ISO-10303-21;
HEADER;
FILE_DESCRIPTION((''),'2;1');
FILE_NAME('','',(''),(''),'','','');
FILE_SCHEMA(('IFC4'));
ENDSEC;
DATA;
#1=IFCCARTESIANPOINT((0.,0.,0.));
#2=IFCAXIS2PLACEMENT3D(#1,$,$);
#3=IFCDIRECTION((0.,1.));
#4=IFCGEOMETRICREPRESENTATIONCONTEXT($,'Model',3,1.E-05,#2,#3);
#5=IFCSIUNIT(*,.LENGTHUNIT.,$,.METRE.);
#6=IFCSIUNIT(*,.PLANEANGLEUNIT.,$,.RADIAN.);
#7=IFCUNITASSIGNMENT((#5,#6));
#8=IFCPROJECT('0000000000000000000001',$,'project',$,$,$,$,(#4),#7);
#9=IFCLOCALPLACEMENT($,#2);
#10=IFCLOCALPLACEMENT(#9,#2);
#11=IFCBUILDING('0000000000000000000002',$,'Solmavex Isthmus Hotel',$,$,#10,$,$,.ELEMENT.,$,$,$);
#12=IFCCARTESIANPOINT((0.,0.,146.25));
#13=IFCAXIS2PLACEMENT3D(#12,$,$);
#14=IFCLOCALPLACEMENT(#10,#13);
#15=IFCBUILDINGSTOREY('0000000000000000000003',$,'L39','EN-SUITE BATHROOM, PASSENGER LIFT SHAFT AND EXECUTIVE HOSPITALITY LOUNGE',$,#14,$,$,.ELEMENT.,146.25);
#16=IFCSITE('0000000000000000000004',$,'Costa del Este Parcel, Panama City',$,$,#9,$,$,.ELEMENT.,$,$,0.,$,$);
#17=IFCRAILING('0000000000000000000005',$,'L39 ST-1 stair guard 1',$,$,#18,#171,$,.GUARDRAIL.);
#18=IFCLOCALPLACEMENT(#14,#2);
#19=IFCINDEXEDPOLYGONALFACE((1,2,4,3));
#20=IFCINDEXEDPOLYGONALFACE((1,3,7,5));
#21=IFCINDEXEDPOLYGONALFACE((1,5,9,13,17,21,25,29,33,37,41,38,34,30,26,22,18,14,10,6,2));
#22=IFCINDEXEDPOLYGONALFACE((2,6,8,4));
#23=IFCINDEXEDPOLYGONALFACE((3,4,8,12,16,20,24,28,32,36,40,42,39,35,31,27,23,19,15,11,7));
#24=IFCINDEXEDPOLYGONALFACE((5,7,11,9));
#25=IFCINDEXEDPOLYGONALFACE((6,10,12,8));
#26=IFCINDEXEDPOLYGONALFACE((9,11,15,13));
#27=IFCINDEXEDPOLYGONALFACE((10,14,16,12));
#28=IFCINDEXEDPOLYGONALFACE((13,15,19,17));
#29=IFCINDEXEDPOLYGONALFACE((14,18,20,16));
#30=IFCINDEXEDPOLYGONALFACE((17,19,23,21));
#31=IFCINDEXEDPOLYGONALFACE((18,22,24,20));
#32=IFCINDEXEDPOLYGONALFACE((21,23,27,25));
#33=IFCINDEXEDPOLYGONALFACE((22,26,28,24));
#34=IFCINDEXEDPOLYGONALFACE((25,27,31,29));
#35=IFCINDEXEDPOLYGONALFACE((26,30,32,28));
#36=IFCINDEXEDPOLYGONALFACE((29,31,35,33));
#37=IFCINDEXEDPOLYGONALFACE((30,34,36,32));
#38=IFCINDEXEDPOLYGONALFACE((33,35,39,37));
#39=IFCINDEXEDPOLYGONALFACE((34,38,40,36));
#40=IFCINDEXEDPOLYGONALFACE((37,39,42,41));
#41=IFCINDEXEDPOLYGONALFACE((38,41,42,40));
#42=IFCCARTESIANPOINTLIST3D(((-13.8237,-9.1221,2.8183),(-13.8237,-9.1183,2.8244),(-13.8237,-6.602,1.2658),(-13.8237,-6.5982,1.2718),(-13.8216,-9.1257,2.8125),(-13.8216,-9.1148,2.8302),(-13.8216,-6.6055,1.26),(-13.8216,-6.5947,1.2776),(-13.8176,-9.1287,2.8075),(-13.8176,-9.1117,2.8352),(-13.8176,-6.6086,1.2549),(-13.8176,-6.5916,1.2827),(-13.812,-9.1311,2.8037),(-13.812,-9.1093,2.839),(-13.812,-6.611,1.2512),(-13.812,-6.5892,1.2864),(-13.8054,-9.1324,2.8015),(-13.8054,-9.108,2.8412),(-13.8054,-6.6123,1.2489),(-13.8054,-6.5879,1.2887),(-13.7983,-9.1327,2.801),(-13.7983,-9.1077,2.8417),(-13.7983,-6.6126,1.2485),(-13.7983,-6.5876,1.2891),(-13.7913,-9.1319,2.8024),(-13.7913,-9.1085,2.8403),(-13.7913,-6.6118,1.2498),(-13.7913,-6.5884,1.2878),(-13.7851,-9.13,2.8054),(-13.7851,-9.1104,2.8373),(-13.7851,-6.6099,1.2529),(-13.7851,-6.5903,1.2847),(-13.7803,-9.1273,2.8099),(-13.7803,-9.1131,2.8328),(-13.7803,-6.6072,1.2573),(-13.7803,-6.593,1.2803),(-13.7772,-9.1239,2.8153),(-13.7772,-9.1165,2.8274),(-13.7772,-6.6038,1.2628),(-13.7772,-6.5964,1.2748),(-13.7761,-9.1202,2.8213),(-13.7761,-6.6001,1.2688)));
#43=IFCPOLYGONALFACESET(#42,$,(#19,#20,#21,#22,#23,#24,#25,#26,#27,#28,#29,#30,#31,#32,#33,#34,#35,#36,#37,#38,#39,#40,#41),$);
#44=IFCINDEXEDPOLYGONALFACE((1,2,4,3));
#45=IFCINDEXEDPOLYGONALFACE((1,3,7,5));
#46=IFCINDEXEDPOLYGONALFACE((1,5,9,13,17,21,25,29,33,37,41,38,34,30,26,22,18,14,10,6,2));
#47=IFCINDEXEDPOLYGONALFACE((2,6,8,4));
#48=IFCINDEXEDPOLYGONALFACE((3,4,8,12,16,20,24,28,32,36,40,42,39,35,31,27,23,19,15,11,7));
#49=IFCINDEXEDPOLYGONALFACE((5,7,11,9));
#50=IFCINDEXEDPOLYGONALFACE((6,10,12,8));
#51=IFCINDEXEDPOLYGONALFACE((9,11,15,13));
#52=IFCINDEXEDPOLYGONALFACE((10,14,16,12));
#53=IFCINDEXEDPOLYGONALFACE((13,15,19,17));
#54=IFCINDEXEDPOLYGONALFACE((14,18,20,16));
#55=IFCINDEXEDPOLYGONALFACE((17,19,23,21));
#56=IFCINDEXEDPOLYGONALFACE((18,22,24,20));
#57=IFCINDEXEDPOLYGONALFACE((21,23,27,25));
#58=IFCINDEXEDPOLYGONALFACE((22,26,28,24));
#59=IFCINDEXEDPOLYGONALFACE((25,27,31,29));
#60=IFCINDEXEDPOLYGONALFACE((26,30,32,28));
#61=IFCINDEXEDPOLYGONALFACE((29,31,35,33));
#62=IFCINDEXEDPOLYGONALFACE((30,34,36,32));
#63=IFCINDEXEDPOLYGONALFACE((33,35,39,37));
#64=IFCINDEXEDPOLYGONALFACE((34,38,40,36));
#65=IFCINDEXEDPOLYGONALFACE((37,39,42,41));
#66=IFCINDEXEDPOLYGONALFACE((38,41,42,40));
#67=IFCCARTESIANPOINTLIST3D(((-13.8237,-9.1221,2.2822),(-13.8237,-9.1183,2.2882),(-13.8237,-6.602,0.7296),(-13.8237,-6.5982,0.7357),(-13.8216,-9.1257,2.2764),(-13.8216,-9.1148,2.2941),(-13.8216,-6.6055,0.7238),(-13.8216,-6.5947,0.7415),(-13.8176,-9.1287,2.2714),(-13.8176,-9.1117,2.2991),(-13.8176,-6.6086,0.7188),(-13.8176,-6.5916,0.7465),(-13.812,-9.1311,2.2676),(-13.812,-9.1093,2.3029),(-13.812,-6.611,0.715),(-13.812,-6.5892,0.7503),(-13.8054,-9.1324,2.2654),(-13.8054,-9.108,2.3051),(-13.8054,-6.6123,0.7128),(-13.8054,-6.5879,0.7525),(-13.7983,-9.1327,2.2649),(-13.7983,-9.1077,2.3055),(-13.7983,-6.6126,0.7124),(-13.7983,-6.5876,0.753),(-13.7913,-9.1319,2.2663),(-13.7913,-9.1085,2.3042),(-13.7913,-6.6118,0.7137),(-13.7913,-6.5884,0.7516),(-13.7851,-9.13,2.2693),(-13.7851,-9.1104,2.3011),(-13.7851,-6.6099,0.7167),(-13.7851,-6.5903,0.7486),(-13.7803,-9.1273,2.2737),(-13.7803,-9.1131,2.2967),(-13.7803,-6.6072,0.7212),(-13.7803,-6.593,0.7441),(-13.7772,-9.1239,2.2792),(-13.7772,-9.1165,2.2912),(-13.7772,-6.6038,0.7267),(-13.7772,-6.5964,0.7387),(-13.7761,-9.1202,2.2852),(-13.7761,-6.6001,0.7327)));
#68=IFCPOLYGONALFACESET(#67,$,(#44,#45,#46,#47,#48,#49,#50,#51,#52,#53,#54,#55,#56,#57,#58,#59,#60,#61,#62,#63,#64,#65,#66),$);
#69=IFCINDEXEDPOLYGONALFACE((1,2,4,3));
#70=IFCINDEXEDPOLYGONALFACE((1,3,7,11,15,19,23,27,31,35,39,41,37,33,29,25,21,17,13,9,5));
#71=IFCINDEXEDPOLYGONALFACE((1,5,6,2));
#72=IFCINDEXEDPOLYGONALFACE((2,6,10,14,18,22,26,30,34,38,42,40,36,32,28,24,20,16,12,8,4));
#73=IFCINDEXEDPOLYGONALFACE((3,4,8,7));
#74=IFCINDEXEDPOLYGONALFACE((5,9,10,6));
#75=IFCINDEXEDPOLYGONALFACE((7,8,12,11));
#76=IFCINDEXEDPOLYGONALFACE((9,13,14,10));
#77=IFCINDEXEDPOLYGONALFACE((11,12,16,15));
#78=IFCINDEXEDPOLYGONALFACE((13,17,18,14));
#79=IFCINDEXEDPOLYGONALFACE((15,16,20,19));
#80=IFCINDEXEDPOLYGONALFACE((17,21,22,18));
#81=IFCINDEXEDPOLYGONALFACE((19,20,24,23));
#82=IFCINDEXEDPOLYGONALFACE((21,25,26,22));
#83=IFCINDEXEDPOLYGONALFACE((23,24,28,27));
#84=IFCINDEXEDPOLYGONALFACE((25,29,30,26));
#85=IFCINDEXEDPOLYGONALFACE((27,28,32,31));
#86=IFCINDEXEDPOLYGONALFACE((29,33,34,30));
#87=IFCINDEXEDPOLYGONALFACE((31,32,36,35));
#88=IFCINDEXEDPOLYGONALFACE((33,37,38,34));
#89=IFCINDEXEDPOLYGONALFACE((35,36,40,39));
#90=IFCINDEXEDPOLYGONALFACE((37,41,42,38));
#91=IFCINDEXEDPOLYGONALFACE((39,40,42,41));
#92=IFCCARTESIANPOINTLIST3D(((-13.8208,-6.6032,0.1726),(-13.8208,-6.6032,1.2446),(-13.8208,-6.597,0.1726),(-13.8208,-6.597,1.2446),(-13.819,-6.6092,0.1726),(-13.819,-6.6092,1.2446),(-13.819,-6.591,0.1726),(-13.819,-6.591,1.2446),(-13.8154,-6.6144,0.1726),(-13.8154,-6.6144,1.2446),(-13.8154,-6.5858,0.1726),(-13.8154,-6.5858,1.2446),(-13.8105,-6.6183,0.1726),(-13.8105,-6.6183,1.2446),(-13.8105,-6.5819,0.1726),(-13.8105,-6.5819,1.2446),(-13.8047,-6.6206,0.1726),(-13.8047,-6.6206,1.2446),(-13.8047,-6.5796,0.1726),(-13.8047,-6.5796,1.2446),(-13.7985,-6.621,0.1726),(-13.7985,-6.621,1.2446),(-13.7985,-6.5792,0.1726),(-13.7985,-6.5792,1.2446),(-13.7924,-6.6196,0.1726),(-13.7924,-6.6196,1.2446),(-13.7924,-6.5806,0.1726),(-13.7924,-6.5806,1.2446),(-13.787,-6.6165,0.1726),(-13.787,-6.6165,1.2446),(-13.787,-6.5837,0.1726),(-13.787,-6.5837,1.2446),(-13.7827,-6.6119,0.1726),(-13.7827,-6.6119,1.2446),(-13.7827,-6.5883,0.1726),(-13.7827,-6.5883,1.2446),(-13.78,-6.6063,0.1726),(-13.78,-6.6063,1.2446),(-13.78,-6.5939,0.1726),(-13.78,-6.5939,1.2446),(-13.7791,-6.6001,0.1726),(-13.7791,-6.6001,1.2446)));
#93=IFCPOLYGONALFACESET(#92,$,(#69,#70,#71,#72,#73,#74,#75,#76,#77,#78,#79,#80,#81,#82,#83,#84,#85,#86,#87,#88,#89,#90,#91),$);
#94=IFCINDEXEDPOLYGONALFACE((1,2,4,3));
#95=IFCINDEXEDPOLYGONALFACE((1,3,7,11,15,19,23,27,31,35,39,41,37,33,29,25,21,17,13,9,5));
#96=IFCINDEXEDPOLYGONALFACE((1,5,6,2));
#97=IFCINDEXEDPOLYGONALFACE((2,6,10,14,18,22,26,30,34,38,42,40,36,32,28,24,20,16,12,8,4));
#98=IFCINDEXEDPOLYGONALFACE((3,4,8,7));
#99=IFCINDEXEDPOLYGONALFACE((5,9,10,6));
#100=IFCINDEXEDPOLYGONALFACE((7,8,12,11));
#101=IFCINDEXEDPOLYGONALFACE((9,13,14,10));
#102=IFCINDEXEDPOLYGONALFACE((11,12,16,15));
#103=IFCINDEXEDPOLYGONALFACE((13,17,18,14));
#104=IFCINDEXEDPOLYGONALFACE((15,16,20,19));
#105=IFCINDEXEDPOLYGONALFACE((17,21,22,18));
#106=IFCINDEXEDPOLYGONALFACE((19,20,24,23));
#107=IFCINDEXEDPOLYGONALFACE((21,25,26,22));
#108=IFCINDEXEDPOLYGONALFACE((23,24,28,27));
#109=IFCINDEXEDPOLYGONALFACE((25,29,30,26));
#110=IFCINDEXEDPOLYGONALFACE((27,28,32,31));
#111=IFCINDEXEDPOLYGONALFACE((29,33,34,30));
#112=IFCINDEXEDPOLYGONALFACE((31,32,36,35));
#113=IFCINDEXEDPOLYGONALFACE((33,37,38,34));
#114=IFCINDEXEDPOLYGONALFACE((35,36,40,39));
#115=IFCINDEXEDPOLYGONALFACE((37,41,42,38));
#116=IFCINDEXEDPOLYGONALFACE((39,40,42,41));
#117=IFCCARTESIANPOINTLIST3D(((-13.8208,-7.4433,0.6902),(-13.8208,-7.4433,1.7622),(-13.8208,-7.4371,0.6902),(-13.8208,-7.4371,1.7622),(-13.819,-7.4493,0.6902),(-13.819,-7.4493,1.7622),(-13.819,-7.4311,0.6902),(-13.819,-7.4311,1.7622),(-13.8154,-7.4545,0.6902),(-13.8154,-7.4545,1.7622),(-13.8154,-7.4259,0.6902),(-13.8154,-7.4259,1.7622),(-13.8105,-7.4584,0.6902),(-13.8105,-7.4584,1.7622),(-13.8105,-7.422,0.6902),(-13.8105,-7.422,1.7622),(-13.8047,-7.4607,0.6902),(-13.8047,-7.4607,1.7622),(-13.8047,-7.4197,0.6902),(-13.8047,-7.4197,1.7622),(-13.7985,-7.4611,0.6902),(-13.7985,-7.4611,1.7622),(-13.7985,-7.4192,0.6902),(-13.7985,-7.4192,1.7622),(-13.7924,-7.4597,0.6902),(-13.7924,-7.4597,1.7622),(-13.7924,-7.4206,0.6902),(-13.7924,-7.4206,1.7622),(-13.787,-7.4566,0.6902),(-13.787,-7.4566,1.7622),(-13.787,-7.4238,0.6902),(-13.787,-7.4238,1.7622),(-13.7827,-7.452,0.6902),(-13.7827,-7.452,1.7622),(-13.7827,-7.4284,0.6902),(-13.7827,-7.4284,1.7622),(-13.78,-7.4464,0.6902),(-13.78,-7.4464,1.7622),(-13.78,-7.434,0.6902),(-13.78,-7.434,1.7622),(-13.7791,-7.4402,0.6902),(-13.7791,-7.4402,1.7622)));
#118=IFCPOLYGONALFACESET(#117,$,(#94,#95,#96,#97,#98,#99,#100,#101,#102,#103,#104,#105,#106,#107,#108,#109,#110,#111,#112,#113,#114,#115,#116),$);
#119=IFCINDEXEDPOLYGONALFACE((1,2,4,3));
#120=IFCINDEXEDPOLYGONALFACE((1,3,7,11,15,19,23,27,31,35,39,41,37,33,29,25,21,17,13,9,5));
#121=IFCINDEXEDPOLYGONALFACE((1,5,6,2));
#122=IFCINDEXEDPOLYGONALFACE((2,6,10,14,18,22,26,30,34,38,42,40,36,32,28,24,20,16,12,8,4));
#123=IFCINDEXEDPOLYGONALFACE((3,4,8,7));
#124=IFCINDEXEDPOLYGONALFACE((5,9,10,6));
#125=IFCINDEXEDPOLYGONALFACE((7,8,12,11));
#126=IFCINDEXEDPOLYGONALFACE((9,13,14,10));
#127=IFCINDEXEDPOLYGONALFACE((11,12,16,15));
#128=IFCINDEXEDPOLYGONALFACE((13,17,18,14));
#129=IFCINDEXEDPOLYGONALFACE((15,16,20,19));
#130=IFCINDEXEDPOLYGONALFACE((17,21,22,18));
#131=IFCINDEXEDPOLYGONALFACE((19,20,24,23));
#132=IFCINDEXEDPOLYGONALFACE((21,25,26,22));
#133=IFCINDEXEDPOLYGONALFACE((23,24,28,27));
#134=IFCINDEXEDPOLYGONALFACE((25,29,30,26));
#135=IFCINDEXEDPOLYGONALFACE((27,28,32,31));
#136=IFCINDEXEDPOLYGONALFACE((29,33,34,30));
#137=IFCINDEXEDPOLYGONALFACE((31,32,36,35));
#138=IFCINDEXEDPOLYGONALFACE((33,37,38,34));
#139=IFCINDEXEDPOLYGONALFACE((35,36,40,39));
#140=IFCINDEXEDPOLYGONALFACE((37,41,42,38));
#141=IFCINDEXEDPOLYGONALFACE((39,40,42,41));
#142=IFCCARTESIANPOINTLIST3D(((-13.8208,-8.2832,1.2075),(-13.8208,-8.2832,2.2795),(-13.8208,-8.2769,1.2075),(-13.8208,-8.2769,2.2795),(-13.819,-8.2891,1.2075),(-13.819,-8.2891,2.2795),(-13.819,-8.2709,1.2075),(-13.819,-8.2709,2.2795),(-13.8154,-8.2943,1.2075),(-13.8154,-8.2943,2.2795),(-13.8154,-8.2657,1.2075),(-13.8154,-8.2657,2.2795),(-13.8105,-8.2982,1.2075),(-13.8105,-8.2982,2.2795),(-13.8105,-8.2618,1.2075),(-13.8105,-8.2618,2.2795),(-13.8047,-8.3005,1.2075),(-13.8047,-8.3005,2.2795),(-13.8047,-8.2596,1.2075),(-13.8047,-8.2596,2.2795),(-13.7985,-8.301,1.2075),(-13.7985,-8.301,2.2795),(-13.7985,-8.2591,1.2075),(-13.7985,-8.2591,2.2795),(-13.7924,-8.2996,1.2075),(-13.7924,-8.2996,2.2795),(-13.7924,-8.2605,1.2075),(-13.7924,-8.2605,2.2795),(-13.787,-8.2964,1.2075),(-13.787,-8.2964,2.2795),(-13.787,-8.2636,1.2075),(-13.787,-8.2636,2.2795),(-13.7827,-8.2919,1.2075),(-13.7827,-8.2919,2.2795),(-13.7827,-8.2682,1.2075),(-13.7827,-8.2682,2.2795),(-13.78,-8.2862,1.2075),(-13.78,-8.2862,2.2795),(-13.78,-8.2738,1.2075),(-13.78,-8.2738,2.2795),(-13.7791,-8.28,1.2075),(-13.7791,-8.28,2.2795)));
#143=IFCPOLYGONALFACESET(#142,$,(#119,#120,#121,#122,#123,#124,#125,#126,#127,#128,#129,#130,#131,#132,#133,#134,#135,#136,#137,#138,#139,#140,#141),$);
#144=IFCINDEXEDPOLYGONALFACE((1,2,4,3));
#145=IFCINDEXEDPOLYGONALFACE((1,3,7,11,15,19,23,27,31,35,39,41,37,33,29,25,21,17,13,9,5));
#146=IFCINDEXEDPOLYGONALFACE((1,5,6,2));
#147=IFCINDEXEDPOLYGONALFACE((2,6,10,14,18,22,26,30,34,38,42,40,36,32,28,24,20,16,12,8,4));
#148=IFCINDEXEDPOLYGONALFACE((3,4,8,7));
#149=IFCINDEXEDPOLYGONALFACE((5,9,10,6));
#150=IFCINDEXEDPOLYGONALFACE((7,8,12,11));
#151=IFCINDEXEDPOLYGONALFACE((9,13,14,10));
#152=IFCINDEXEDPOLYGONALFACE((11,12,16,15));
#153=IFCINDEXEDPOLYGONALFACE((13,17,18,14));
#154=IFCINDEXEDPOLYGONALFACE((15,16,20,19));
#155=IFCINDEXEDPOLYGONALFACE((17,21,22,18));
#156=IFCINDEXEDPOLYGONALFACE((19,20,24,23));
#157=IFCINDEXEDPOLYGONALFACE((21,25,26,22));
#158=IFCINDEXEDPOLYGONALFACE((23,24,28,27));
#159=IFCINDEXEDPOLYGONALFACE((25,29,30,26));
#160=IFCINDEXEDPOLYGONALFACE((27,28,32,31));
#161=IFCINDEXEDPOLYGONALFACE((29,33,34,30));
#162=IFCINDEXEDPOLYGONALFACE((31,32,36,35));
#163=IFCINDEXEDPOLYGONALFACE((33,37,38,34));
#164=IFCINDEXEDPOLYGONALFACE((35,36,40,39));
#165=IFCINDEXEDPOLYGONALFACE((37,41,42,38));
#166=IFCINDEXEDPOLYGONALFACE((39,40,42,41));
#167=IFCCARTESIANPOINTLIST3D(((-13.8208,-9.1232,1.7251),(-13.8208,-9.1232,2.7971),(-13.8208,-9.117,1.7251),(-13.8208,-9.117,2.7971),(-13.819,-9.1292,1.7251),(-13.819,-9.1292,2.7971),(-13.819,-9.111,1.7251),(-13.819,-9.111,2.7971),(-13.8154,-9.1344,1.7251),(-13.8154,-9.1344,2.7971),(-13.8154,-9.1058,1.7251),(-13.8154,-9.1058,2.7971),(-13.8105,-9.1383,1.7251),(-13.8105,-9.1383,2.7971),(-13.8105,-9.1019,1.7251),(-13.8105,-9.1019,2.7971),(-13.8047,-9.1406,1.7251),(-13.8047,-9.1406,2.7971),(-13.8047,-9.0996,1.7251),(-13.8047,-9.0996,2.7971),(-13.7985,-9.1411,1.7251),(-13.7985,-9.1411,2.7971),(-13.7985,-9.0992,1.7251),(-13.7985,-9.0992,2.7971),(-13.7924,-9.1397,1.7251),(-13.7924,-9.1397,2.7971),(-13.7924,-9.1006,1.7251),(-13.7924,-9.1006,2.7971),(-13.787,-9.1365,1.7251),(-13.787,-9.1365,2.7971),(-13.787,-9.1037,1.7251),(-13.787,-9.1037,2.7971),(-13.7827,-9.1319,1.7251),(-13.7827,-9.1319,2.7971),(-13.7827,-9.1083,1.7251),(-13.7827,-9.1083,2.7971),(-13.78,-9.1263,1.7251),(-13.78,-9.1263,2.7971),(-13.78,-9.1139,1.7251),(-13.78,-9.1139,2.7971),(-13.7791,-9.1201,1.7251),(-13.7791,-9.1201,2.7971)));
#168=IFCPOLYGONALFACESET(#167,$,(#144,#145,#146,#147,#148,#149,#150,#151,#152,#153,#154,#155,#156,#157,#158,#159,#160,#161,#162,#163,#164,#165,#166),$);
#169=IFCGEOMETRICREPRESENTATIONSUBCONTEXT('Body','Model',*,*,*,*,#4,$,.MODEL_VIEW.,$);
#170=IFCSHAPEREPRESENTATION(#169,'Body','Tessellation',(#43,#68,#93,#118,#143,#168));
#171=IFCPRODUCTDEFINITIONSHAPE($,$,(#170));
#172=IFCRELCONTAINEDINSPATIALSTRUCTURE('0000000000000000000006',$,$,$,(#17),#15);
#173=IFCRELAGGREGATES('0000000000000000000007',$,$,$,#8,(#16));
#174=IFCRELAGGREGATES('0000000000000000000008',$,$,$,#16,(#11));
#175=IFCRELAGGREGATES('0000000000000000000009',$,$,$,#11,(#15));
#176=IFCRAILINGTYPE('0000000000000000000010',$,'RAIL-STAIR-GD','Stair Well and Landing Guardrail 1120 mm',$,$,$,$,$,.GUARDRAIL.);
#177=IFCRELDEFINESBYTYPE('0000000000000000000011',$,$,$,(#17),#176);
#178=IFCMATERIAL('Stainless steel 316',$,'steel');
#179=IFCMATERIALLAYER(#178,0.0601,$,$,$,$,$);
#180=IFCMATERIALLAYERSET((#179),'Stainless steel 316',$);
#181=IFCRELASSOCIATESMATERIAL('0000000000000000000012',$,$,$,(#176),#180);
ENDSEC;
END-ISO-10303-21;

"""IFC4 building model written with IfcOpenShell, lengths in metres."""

from ifc_helpers import new_model, si_unit, direction, frame, origin, origin_2d, place, context, subcontext, project, spatial, circle, extrude, material, layer, layer_set, type_object, element, save


model = new_model("IFC4")

# Units and contexts
model_context = context("Model", 3, precision=1e-05, world=origin(), true_north=direction((0.0, 1.0)))
body_context = subcontext(model_context, "Body", "Model", "MODEL_VIEW")
ifc_project = project(units=[si_unit("LENGTHUNIT", "METRE"), si_unit("PLANEANGLEUNIT", "RADIAN")], contexts=[model_context])

# Site, building, storey
site_placement = place(None, origin())
site = spatial("IfcSite", under=ifc_project, at=site_placement, Name="Costa del Este Parcel, Panama City", CompositionType="ELEMENT", RefElevation=0.0)
building_placement = place(site_placement, origin())
building = spatial("IfcBuilding", under=site, at=building_placement, Name="Solmavex Isthmus Hotel", CompositionType="ELEMENT")
storey_placement = place(building_placement, frame((0.0, 0.0, 146.25)))
storey = spatial("IfcBuildingStorey", under=building, at=storey_placement, Name="L39", Description="EN-SUITE BATHROOM, PASSENGER LIFT SHAFT AND EXECUTIVE HOSPITALITY LOUNGE", CompositionType="ELEMENT", Elevation=146.25)

# Railing
ifc_material_1 = material(Name="Stainless steel 316", Category="steel")
ifc_layer_1 = layer(ifc_material_1, 0.0601)
ifc_layer_set_1 = layer_set([ifc_layer_1], Name="Stainless steel 316")
railing_type_1 = type_object("IfcRailingType", Name="RAIL-STAIR-GD", Description="Stair Well and Landing Guardrail 1120 mm", PredefinedType="GUARDRAIL", material=ifc_layer_set_1)
railing_1_placement = place(storey_placement, frame((-13.8, -6.6001, 0.1726)))
element("IfcRailing", 1, at=railing_1_placement, inside=storey, type_object=railing_type_1, Name="L39 ST-1 stair guard 1", PredefinedType="GUARDRAIL", context=body_context, shape_type="SweptSolid", body=[
    extrude(circle(Radius=0.0239, at=origin_2d()), frame((0.0, 0.0, 1.0962), z_axis=(0.0, -0.8514, 0.524516), x_axis=(1.0, 0.0, 0.0)), (0.0, 0.0, 1.0), 2.96),
    extrude(circle(Radius=0.0239, at=origin_2d()), frame((0.0, 0.0, 0.5601), z_axis=(0.0, -0.8514, 0.524516), x_axis=(1.0, 0.0, 0.0)), (0.0, 0.0, 1.0), 2.96),
    extrude(circle(Radius=0.021, at=origin_2d()), origin(), (0.0, 0.0, 1.0), 1.072),
    extrude(circle(Radius=0.021, at=origin_2d()), frame((0.0, -0.8401, 0.5176)), (0.0, 0.0, 1.0), 1.072),
    extrude(circle(Radius=0.021, at=origin_2d()), frame((0.0, -1.6799, 1.0349)), (0.0, 0.0, 1.0), 1.072),
    extrude(circle(Radius=0.021, at=origin_2d()), frame((0.0, -2.52, 1.5525)), (0.0, 0.0, 1.0), 1.072),
])

save(model, "model.ifc")
